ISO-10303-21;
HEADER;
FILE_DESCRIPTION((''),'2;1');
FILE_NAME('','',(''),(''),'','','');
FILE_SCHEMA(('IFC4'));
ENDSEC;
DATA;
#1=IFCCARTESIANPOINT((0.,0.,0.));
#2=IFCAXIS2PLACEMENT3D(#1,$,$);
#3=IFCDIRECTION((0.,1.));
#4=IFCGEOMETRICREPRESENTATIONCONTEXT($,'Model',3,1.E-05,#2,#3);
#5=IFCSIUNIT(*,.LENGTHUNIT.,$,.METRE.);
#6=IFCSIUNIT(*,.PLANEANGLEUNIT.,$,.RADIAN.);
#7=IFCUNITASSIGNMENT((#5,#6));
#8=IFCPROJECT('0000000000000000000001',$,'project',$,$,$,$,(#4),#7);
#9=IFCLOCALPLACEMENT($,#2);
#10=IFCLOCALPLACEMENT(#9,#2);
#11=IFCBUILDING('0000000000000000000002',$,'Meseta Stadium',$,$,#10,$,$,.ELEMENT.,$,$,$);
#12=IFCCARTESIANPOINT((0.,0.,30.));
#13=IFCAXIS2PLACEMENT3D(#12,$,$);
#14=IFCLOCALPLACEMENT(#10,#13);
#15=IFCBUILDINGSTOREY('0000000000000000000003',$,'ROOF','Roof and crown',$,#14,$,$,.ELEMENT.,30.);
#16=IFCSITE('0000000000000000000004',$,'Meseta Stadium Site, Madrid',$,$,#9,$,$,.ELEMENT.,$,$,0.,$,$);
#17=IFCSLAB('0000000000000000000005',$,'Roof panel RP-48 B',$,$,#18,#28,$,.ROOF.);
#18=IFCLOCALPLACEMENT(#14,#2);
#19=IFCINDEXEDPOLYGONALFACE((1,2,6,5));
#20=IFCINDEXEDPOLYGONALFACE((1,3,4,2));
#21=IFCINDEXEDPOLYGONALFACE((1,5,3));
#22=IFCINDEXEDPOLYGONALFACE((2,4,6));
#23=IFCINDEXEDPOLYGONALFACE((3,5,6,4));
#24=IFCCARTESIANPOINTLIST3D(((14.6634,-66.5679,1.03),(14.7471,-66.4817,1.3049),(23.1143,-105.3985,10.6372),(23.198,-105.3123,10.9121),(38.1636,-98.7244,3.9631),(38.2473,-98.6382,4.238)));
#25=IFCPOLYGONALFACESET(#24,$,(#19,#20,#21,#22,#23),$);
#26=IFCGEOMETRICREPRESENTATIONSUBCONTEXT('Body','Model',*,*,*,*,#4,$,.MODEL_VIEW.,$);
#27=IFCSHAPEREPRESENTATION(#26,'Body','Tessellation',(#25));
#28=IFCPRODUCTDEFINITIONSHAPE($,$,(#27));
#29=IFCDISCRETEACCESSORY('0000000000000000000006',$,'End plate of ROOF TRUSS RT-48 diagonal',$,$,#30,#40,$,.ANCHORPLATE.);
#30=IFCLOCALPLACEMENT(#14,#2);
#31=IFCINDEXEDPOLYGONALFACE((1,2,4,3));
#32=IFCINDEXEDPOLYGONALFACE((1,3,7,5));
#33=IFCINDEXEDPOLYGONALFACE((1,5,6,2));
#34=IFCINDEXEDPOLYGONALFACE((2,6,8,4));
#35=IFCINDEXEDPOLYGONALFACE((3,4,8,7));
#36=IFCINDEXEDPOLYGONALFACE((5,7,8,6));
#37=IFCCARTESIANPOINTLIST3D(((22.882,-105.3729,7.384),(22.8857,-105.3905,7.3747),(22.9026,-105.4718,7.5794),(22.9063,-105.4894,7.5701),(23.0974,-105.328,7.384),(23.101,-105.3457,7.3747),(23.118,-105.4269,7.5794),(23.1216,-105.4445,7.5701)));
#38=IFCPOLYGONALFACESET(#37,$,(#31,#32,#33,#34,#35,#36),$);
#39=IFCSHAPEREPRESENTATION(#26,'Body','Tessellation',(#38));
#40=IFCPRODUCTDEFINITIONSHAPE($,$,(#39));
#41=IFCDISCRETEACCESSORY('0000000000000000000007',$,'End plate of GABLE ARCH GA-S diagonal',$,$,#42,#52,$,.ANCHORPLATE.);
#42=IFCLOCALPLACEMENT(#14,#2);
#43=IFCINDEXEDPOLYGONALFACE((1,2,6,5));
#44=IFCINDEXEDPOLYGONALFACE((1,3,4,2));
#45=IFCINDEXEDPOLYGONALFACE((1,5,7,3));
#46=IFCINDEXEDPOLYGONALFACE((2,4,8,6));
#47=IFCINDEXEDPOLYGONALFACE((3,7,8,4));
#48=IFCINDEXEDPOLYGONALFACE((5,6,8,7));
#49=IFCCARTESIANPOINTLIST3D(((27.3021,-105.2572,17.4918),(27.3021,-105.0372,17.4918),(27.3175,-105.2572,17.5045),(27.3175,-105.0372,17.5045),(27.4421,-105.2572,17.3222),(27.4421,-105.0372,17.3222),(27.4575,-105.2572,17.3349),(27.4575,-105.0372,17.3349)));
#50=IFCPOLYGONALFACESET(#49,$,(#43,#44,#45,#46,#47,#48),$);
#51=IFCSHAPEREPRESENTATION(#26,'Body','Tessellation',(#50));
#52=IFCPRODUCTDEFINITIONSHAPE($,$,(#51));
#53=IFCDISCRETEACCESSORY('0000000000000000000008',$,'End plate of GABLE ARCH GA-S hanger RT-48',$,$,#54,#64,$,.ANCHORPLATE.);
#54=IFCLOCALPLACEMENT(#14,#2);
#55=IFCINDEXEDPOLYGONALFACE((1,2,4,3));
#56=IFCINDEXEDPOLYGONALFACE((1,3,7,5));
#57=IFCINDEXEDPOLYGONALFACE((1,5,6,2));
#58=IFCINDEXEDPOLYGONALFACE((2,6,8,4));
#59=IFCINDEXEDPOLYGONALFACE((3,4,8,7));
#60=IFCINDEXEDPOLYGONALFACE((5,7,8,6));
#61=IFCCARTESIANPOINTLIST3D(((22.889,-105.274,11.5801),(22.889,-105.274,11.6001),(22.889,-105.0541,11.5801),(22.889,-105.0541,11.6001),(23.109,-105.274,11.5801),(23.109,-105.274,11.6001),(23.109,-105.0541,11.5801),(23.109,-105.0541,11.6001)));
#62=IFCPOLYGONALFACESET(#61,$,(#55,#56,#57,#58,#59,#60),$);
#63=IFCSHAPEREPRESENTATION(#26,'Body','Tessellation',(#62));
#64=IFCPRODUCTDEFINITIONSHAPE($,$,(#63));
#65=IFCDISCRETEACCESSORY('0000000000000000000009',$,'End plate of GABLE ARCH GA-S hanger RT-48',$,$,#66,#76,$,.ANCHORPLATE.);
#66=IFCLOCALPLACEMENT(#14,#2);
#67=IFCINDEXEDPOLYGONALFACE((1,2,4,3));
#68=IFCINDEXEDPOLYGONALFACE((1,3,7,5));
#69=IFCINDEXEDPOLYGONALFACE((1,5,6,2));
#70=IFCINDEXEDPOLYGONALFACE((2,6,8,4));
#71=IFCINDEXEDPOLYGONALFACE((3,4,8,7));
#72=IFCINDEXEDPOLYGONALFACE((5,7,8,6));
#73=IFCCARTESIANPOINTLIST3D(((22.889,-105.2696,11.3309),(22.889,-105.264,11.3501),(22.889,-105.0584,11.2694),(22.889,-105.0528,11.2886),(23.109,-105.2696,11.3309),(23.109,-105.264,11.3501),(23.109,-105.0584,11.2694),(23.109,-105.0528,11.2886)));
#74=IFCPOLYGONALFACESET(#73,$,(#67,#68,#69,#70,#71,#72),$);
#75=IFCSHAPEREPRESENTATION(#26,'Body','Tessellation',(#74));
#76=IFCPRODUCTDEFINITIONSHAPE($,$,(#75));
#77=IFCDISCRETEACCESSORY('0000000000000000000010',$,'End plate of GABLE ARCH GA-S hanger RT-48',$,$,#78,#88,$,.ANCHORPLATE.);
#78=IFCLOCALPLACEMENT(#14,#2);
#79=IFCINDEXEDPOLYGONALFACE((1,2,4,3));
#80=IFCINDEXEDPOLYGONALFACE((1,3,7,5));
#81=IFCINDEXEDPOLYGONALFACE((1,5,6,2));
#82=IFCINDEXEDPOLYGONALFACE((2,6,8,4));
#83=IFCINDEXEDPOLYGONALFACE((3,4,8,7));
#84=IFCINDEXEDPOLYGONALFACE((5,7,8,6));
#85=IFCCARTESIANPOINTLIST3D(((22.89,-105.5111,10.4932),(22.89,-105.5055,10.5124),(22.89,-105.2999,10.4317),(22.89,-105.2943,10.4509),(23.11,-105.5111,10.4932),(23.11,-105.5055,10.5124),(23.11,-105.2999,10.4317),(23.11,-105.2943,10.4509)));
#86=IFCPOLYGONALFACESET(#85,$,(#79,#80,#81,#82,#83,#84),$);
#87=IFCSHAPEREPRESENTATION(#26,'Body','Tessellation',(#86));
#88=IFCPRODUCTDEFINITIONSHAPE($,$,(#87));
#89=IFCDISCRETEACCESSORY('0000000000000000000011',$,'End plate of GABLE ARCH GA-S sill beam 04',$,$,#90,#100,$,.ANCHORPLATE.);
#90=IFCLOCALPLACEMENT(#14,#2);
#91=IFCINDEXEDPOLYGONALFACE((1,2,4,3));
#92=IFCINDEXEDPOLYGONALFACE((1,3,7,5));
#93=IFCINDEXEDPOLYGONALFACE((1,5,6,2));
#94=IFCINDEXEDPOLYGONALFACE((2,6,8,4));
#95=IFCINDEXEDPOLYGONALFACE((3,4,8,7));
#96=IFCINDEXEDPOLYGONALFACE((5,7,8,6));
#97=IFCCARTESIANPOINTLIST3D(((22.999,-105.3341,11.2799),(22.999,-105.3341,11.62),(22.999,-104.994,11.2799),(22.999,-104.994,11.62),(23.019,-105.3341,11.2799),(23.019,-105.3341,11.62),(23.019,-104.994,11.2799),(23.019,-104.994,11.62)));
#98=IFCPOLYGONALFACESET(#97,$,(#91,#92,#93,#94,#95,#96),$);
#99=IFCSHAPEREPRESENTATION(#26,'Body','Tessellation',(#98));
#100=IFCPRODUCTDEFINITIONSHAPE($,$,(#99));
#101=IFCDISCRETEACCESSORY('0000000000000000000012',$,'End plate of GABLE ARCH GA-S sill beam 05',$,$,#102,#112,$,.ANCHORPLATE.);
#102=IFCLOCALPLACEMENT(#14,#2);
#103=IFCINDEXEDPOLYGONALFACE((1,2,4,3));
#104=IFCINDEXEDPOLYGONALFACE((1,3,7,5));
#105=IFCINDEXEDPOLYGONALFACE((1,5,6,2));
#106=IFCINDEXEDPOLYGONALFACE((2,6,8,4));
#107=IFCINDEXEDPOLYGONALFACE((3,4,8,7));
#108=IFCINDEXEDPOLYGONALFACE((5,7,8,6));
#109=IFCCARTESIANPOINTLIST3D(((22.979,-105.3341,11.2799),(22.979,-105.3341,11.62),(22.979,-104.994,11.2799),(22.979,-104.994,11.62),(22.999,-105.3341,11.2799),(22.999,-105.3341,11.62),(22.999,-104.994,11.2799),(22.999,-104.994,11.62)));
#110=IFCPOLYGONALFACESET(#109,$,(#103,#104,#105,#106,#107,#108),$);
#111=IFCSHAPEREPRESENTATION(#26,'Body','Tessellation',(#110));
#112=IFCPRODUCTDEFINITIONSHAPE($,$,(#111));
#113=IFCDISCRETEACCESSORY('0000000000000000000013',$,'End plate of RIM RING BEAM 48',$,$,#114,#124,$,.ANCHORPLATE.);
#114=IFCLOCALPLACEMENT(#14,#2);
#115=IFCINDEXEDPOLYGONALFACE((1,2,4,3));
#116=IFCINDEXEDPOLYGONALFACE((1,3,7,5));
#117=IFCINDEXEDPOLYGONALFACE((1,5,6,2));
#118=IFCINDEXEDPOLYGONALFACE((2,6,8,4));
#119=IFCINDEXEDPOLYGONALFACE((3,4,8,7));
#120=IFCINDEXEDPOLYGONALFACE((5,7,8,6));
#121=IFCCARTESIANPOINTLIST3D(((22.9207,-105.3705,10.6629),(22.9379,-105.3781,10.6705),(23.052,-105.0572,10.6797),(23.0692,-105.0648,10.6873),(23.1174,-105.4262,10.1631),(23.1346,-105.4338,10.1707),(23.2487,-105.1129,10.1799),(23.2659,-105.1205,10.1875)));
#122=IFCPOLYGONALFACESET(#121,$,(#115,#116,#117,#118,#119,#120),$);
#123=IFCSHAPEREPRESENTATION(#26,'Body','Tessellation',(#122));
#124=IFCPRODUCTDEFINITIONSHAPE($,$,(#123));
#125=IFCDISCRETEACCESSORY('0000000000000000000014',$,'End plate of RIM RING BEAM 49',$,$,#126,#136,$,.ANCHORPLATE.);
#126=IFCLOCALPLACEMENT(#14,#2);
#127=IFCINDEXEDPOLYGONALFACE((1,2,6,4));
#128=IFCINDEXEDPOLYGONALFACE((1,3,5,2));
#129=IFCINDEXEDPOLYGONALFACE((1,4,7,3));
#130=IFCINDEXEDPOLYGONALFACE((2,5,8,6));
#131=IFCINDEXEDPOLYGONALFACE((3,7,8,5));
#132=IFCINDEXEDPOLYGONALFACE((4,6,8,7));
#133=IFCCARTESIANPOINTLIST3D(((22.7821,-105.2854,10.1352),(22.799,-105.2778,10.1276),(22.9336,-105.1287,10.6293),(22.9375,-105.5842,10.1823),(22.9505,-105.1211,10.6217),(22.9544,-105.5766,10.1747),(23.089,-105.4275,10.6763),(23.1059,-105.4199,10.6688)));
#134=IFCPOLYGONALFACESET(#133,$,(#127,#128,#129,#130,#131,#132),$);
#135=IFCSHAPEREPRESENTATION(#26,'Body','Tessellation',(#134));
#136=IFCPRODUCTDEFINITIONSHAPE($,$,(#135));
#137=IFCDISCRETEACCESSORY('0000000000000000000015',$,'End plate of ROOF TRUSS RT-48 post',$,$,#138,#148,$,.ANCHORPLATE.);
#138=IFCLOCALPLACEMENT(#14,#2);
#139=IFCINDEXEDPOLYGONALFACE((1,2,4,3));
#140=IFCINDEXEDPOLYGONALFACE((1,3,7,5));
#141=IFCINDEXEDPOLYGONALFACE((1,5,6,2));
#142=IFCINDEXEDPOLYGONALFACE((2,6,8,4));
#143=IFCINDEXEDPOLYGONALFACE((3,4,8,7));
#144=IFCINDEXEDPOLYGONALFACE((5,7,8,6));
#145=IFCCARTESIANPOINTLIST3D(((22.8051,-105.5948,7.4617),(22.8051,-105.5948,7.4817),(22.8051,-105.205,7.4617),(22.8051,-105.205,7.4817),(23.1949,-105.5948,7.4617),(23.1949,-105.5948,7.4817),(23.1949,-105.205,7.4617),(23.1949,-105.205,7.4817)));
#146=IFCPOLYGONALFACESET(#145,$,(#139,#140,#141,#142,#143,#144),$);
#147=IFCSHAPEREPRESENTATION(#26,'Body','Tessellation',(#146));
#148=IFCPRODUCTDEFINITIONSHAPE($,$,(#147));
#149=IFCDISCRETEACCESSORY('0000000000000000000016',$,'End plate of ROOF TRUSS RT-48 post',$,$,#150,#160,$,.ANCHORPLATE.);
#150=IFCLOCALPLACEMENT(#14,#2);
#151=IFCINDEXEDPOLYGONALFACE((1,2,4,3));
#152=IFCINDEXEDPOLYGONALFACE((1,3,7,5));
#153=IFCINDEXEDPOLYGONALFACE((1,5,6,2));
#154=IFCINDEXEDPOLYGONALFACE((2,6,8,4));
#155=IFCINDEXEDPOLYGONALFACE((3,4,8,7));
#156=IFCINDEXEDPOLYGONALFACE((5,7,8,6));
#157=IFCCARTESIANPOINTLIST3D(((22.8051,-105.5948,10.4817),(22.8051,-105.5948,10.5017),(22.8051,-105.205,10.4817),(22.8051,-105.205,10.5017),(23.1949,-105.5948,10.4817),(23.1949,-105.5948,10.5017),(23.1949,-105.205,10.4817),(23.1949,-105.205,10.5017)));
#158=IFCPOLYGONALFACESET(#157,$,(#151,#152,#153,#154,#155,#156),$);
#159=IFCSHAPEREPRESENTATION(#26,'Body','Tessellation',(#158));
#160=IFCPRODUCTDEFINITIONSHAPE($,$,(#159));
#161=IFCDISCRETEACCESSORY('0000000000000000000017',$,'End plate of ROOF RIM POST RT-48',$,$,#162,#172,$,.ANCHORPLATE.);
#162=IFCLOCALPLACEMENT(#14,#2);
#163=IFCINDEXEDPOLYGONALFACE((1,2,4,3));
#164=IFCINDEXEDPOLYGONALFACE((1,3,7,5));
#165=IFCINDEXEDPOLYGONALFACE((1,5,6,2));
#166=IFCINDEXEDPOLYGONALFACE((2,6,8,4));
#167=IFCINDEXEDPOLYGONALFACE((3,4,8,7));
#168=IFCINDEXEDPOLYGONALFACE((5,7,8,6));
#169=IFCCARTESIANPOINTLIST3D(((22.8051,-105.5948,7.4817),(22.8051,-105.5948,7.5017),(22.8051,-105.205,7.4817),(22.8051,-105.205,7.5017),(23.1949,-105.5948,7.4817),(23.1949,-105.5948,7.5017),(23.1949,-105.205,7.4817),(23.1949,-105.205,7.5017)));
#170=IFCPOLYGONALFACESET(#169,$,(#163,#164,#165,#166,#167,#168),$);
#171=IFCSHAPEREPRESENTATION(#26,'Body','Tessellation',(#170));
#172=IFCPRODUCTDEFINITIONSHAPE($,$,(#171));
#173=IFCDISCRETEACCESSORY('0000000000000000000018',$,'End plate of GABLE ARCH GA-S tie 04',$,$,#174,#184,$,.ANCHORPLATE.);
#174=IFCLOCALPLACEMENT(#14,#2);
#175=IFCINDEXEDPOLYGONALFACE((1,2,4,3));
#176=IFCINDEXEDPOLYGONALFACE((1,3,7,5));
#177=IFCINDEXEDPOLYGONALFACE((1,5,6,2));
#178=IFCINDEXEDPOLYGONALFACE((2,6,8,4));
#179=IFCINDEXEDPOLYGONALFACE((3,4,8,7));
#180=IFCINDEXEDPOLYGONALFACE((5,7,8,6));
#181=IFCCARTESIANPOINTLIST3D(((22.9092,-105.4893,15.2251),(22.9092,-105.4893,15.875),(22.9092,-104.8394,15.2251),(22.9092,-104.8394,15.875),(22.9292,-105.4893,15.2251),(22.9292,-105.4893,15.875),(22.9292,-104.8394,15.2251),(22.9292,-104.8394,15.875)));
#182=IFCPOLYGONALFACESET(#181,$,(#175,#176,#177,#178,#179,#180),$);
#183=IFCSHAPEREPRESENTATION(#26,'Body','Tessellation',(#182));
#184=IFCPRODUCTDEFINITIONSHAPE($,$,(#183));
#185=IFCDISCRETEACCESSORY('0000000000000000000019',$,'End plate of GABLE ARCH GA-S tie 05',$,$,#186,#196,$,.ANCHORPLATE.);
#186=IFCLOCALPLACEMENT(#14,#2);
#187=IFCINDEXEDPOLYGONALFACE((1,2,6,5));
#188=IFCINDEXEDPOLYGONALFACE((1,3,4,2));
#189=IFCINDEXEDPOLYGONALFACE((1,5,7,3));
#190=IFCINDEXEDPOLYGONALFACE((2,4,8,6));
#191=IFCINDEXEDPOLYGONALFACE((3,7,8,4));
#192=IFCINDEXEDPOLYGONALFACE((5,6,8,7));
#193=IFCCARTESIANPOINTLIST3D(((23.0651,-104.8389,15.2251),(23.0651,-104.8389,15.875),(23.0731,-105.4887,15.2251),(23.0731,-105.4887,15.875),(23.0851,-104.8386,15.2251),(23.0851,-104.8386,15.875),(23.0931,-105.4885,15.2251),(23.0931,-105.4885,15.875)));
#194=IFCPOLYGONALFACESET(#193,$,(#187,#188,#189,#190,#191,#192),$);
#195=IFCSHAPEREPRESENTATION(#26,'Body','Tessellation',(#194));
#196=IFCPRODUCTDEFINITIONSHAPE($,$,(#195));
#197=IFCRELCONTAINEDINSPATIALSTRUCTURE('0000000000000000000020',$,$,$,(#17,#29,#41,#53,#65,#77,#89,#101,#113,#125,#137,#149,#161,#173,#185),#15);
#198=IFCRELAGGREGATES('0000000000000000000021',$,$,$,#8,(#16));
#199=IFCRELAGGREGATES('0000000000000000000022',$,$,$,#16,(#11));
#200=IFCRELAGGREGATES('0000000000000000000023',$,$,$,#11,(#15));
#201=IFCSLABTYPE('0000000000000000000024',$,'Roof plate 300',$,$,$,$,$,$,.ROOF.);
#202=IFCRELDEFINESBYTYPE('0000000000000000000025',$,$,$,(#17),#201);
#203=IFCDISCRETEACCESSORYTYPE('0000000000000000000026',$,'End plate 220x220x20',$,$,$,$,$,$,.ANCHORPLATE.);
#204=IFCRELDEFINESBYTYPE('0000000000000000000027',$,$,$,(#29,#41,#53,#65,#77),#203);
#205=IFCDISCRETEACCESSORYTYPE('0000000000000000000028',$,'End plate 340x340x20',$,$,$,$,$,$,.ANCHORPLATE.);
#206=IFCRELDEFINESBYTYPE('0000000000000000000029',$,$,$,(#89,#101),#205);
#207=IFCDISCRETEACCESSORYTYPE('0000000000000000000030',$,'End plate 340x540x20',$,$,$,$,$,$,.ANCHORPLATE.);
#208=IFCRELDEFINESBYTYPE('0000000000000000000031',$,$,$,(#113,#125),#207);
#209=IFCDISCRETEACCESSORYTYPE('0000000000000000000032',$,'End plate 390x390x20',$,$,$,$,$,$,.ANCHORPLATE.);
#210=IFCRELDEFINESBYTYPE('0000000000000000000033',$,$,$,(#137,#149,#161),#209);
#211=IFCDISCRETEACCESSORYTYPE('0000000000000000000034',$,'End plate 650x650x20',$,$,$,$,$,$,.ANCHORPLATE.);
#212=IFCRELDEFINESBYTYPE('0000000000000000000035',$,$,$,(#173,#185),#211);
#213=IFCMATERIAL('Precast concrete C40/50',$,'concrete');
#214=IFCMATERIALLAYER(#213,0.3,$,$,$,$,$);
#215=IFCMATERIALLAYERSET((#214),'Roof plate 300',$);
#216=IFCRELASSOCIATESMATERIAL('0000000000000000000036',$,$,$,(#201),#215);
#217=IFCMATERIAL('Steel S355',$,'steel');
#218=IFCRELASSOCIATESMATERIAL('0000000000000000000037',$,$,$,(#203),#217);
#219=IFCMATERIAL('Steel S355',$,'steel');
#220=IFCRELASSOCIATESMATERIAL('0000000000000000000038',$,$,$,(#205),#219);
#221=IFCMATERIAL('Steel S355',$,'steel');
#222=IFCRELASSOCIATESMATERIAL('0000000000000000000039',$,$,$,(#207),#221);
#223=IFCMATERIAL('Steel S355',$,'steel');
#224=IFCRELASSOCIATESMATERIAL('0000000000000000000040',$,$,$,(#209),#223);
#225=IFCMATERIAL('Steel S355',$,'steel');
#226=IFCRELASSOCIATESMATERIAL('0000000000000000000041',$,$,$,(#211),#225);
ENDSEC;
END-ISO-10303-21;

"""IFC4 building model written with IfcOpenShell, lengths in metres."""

from ifc_helpers import new_model, si_unit, direction, frame, origin, origin_2d, place, context, subcontext, project, spatial, polyline, rectangle, outline, extrude, material, layer, layer_set, material_profile, profile_set, type_object, element, save


model = new_model("IFC4")

# Units and contexts
model_context = context("Model", 3, precision=1e-05, world=origin(), true_north=direction((0.0, 1.0)))
body_context = subcontext(model_context, "Body", "Model", "MODEL_VIEW")
ifc_project = project(units=[si_unit("LENGTHUNIT", "METRE"), si_unit("PLANEANGLEUNIT", "RADIAN")], contexts=[model_context])

# Site, building, storey
site_placement = place(None, origin())
site = spatial("IfcSite", under=ifc_project, at=site_placement, Name="Meseta Stadium Site, Madrid", CompositionType="ELEMENT", RefElevation=0.0)
building_placement = place(site_placement, origin())
building = spatial("IfcBuilding", under=site, at=building_placement, Name="Meseta Stadium", CompositionType="ELEMENT")
storey_placement = place(building_placement, frame((0.0, 0.0, 30.0)))
storey = spatial("IfcBuildingStorey", under=building, at=storey_placement, Name="ROOF", Description="Roof and crown", CompositionType="ELEMENT", Elevation=30.0)

# Slab
ifc_material_1 = material(Name="Precast concrete C40/50", Category="concrete")
ifc_layer = layer(ifc_material_1, 0.3)
ifc_layer_set = layer_set([ifc_layer], Name="Roof plate 300")
slab_type = type_object("IfcSlabType", Name="Roof plate 300", PredefinedType="ROOF", material=ifc_layer_set)
slab_placement = place(storey_placement, frame((23.198, -105.3123, 10.9121), z_axis=(0.278904, 0.287405, 0.916303), x_axis=(-0.206703, 0.949766, -0.234984)))
element("IfcSlab", 1, at=slab_placement, inside=storey, type_object=slab_type, Name="Roof panel RP-48 B", PredefinedType="ROOF", context=body_context, shape_type="SweptSolid", body=[
    extrude(outline(polyline([(0.0, 0.0), (40.8843, 0.0), (4.7964, -17.1045), (0.0, 0.0)])), origin(), (0.0, 0.0, -1.0), 0.3),
])

# Discrete accessories
ifc_material_2 = material(Name="Steel S355", Category="steel")
ifc_material_profile_1 = material_profile(ifc_material_2, rectangle(XDim=0.22, YDim=0.22, at=origin_2d()), Name="PL 220x220")
ifc_profile_set_1 = profile_set([ifc_material_profile_1], Name="Steel S355")
discrete_accessory_type_1 = type_object("IfcDiscreteAccessoryType", Name="End plate 220x220x20", PredefinedType="ANCHORPLATE", material=ifc_profile_set_1)
discrete_accessory_1_placement = place(storey_placement, frame((23.0, -105.3999, 7.4817), z_axis=(0.181197, -0.869745, -0.459032), x_axis=(0.97898, 0.203954, 0.0)))
element("IfcDiscreteAccessory", 2, at=discrete_accessory_1_placement, inside=storey, type_object=discrete_accessory_type_1, Name="End plate of ROOF TRUSS RT-48 diagonal", PredefinedType="ANCHORPLATE", context=body_context, shape_type="SweptSolid", body=[
    extrude(rectangle(XDim=0.22, YDim=0.22, at=origin_2d()), origin(), (0.0, 0.0, 1.0), 0.0203),
])
for number, where, z_axis, x_axis, name in (
    (3, (27.3721, -105.1472, 17.407), (0.771223, 0.0, 0.636565), (0.0, 1.0, 0.0), "End plate of GABLE ARCH GA-S diagonal"),
    (4, (22.999, -105.1641, 11.6001), (0.0, 0.0, -1.0), (1.0, 0.0, 0.0), "End plate of GABLE ARCH GA-S hanger RT-48"),
    (5, (22.999, -105.1584, 11.3193), (0.0, -0.279533, -0.960136), (1.0, 0.0, 0.0), "End plate of GABLE ARCH GA-S hanger RT-48"),
    (6, (23.0, -105.3999, 10.4817), (0.0, -0.279533, -0.960136), (1.0, 0.0, 0.0), "End plate of GABLE ARCH GA-S hanger RT-48"),
):
    element("IfcDiscreteAccessory", number, at=place(storey_placement, frame(where, z_axis=z_axis, x_axis=x_axis)), inside=storey, type_object=discrete_accessory_type_1, Name=name, PredefinedType="ANCHORPLATE", context=body_context, shape_type="SweptSolid", body=[
        extrude(rectangle(XDim=0.22, YDim=0.22, at=origin_2d()), origin(), (0.0, 0.0, 1.0), 0.02),
    ])
ifc_material_3 = material(Name="Steel S355", Category="steel")
ifc_material_profile_2 = material_profile(ifc_material_3, rectangle(XDim=0.3401, YDim=0.3401, at=origin_2d()), Name="PL 340x340")
ifc_profile_set_2 = profile_set([ifc_material_profile_2], Name="Steel S355")
discrete_accessory_type_2 = type_object("IfcDiscreteAccessoryType", Name="End plate 340x340x20", PredefinedType="ANCHORPLATE", material=ifc_profile_set_2)
for number, where, z_axis, x_axis, name in (
    (7, (22.999, -105.1641, 11.45), (1.0, 0.0, 0.0), (0.0, 1.0, 0.0), "End plate of GABLE ARCH GA-S sill beam 04"),
    (8, (22.979, -105.1641, 11.45), (1.0, 0.0, 0.0), (0.0, 1.0, 0.0), "End plate of GABLE ARCH GA-S sill beam 05"),
):
    element("IfcDiscreteAccessory", number, at=place(storey_placement, frame(where, z_axis=z_axis, x_axis=x_axis)), inside=storey, type_object=discrete_accessory_type_2, Name=name, PredefinedType="ANCHORPLATE", context=body_context, shape_type="SweptSolid", body=[
        extrude(rectangle(XDim=0.3401, YDim=0.3401, at=origin_2d()), origin(), (0.0, 0.0, 1.0), 0.02),
    ])
ifc_material_4 = material(Name="Steel S355", Category="steel")
ifc_material_profile_3 = material_profile(ifc_material_4, rectangle(XDim=0.3401, YDim=0.54, at=origin_2d()), Name="PL 340x540")
ifc_profile_set_3 = profile_set([ifc_material_profile_3], Name="Steel S355")
discrete_accessory_type_3 = type_object("IfcDiscreteAccessoryType", Name="End plate 340x540x20", PredefinedType="ANCHORPLATE", material=ifc_profile_set_3)
discrete_accessory_2_placement = place(storey_placement, frame((23.0847, -105.2417, 10.4214), z_axis=(0.847505, -0.375324, 0.375324), x_axis=(0.386067, 0.921148, 0.049383)))
element("IfcDiscreteAccessory", 9, at=discrete_accessory_2_placement, inside=storey, type_object=discrete_accessory_type_3, Name="End plate of RIM RING BEAM 48", PredefinedType="ANCHORPLATE", context=body_context, shape_type="SweptSolid", body=[
    extrude(rectangle(XDim=0.3401, YDim=0.54, at=origin_2d()), origin(), (0.0, 0.0, 1.0), 0.0203),
])
discrete_accessory_3_placement = place(storey_placement, frame((22.9355, -105.3564, 10.4058), z_axis=(0.844041, 0.379207, -0.379207), x_axis=(-0.456968, 0.878637, -0.138485)))
element("IfcDiscreteAccessory", 10, at=discrete_accessory_3_placement, inside=storey, type_object=discrete_accessory_type_3, Name="End plate of RIM RING BEAM 49", PredefinedType="ANCHORPLATE", context=body_context, shape_type="SweptSolid", body=[
    extrude(rectangle(XDim=0.3401, YDim=0.54, at=origin_2d()), origin(), (0.0, 0.0, 1.0), 0.02),
])
ifc_material_5 = material(Name="Steel S355", Category="steel")
ifc_material_profile_4 = material_profile(ifc_material_5, rectangle(XDim=0.3899, YDim=0.3899, at=origin_2d()), Name="PL 390x390")
ifc_profile_set_4 = profile_set([ifc_material_profile_4], Name="Steel S355")
discrete_accessory_type_4 = type_object("IfcDiscreteAccessoryType", Name="End plate 390x390x20", PredefinedType="ANCHORPLATE", material=ifc_profile_set_4)
for number, where, z_axis, x_axis, name in (
    (11, (23.0, -105.3999, 7.4617), (0.0, 0.0, 1.0), (1.0, 0.0, 0.0), "End plate of ROOF TRUSS RT-48 post"),
    (12, (23.0, -105.3999, 10.4817), (0.0, 0.0, 1.0), (1.0, 0.0, 0.0), "End plate of ROOF TRUSS RT-48 post"),
    (13, (23.0, -105.3999, 7.4817), (0.0, 0.0, 1.0), (1.0, 0.0, 0.0), "End plate of ROOF RIM POST RT-48"),
):
    element("IfcDiscreteAccessory", number, at=place(storey_placement, frame(where, z_axis=z_axis, x_axis=x_axis)), inside=storey, type_object=discrete_accessory_type_4, Name=name, PredefinedType="ANCHORPLATE", context=body_context, shape_type="SweptSolid", body=[
        extrude(rectangle(XDim=0.3899, YDim=0.3899, at=origin_2d()), origin(), (0.0, 0.0, 1.0), 0.02),
    ])
ifc_material_6 = material(Name="Steel S355", Category="steel")
ifc_material_profile_5 = material_profile(ifc_material_6, rectangle(XDim=0.6499, YDim=0.6499, at=origin_2d()), Name="PL 650x650")
ifc_profile_set_5 = profile_set([ifc_material_profile_5], Name="Steel S355")
discrete_accessory_type_5 = type_object("IfcDiscreteAccessoryType", Name="End plate 650x650x20", PredefinedType="ANCHORPLATE", material=ifc_profile_set_5)
for number, where, z_axis, x_axis, name in (
    (14, (22.9092, -105.1643, 15.55), (1.0, 0.0, 0.0), (0.0, 1.0, 0.0), "End plate of GABLE ARCH GA-S tie 04"),
    (15, (23.0691, -105.1638, 15.55), (0.999926, 0.012194, 0.0), (-0.012194, 0.999926, 0.0), "End plate of GABLE ARCH GA-S tie 05"),
):
    element("IfcDiscreteAccessory", number, at=place(storey_placement, frame(where, z_axis=z_axis, x_axis=x_axis)), inside=storey, type_object=discrete_accessory_type_5, Name=name, PredefinedType="ANCHORPLATE", context=body_context, shape_type="SweptSolid", body=[
        extrude(rectangle(XDim=0.6499, YDim=0.6499, at=origin_2d()), origin(), (0.0, 0.0, 1.0), 0.02),
    ])

save(model, "model.ifc")
